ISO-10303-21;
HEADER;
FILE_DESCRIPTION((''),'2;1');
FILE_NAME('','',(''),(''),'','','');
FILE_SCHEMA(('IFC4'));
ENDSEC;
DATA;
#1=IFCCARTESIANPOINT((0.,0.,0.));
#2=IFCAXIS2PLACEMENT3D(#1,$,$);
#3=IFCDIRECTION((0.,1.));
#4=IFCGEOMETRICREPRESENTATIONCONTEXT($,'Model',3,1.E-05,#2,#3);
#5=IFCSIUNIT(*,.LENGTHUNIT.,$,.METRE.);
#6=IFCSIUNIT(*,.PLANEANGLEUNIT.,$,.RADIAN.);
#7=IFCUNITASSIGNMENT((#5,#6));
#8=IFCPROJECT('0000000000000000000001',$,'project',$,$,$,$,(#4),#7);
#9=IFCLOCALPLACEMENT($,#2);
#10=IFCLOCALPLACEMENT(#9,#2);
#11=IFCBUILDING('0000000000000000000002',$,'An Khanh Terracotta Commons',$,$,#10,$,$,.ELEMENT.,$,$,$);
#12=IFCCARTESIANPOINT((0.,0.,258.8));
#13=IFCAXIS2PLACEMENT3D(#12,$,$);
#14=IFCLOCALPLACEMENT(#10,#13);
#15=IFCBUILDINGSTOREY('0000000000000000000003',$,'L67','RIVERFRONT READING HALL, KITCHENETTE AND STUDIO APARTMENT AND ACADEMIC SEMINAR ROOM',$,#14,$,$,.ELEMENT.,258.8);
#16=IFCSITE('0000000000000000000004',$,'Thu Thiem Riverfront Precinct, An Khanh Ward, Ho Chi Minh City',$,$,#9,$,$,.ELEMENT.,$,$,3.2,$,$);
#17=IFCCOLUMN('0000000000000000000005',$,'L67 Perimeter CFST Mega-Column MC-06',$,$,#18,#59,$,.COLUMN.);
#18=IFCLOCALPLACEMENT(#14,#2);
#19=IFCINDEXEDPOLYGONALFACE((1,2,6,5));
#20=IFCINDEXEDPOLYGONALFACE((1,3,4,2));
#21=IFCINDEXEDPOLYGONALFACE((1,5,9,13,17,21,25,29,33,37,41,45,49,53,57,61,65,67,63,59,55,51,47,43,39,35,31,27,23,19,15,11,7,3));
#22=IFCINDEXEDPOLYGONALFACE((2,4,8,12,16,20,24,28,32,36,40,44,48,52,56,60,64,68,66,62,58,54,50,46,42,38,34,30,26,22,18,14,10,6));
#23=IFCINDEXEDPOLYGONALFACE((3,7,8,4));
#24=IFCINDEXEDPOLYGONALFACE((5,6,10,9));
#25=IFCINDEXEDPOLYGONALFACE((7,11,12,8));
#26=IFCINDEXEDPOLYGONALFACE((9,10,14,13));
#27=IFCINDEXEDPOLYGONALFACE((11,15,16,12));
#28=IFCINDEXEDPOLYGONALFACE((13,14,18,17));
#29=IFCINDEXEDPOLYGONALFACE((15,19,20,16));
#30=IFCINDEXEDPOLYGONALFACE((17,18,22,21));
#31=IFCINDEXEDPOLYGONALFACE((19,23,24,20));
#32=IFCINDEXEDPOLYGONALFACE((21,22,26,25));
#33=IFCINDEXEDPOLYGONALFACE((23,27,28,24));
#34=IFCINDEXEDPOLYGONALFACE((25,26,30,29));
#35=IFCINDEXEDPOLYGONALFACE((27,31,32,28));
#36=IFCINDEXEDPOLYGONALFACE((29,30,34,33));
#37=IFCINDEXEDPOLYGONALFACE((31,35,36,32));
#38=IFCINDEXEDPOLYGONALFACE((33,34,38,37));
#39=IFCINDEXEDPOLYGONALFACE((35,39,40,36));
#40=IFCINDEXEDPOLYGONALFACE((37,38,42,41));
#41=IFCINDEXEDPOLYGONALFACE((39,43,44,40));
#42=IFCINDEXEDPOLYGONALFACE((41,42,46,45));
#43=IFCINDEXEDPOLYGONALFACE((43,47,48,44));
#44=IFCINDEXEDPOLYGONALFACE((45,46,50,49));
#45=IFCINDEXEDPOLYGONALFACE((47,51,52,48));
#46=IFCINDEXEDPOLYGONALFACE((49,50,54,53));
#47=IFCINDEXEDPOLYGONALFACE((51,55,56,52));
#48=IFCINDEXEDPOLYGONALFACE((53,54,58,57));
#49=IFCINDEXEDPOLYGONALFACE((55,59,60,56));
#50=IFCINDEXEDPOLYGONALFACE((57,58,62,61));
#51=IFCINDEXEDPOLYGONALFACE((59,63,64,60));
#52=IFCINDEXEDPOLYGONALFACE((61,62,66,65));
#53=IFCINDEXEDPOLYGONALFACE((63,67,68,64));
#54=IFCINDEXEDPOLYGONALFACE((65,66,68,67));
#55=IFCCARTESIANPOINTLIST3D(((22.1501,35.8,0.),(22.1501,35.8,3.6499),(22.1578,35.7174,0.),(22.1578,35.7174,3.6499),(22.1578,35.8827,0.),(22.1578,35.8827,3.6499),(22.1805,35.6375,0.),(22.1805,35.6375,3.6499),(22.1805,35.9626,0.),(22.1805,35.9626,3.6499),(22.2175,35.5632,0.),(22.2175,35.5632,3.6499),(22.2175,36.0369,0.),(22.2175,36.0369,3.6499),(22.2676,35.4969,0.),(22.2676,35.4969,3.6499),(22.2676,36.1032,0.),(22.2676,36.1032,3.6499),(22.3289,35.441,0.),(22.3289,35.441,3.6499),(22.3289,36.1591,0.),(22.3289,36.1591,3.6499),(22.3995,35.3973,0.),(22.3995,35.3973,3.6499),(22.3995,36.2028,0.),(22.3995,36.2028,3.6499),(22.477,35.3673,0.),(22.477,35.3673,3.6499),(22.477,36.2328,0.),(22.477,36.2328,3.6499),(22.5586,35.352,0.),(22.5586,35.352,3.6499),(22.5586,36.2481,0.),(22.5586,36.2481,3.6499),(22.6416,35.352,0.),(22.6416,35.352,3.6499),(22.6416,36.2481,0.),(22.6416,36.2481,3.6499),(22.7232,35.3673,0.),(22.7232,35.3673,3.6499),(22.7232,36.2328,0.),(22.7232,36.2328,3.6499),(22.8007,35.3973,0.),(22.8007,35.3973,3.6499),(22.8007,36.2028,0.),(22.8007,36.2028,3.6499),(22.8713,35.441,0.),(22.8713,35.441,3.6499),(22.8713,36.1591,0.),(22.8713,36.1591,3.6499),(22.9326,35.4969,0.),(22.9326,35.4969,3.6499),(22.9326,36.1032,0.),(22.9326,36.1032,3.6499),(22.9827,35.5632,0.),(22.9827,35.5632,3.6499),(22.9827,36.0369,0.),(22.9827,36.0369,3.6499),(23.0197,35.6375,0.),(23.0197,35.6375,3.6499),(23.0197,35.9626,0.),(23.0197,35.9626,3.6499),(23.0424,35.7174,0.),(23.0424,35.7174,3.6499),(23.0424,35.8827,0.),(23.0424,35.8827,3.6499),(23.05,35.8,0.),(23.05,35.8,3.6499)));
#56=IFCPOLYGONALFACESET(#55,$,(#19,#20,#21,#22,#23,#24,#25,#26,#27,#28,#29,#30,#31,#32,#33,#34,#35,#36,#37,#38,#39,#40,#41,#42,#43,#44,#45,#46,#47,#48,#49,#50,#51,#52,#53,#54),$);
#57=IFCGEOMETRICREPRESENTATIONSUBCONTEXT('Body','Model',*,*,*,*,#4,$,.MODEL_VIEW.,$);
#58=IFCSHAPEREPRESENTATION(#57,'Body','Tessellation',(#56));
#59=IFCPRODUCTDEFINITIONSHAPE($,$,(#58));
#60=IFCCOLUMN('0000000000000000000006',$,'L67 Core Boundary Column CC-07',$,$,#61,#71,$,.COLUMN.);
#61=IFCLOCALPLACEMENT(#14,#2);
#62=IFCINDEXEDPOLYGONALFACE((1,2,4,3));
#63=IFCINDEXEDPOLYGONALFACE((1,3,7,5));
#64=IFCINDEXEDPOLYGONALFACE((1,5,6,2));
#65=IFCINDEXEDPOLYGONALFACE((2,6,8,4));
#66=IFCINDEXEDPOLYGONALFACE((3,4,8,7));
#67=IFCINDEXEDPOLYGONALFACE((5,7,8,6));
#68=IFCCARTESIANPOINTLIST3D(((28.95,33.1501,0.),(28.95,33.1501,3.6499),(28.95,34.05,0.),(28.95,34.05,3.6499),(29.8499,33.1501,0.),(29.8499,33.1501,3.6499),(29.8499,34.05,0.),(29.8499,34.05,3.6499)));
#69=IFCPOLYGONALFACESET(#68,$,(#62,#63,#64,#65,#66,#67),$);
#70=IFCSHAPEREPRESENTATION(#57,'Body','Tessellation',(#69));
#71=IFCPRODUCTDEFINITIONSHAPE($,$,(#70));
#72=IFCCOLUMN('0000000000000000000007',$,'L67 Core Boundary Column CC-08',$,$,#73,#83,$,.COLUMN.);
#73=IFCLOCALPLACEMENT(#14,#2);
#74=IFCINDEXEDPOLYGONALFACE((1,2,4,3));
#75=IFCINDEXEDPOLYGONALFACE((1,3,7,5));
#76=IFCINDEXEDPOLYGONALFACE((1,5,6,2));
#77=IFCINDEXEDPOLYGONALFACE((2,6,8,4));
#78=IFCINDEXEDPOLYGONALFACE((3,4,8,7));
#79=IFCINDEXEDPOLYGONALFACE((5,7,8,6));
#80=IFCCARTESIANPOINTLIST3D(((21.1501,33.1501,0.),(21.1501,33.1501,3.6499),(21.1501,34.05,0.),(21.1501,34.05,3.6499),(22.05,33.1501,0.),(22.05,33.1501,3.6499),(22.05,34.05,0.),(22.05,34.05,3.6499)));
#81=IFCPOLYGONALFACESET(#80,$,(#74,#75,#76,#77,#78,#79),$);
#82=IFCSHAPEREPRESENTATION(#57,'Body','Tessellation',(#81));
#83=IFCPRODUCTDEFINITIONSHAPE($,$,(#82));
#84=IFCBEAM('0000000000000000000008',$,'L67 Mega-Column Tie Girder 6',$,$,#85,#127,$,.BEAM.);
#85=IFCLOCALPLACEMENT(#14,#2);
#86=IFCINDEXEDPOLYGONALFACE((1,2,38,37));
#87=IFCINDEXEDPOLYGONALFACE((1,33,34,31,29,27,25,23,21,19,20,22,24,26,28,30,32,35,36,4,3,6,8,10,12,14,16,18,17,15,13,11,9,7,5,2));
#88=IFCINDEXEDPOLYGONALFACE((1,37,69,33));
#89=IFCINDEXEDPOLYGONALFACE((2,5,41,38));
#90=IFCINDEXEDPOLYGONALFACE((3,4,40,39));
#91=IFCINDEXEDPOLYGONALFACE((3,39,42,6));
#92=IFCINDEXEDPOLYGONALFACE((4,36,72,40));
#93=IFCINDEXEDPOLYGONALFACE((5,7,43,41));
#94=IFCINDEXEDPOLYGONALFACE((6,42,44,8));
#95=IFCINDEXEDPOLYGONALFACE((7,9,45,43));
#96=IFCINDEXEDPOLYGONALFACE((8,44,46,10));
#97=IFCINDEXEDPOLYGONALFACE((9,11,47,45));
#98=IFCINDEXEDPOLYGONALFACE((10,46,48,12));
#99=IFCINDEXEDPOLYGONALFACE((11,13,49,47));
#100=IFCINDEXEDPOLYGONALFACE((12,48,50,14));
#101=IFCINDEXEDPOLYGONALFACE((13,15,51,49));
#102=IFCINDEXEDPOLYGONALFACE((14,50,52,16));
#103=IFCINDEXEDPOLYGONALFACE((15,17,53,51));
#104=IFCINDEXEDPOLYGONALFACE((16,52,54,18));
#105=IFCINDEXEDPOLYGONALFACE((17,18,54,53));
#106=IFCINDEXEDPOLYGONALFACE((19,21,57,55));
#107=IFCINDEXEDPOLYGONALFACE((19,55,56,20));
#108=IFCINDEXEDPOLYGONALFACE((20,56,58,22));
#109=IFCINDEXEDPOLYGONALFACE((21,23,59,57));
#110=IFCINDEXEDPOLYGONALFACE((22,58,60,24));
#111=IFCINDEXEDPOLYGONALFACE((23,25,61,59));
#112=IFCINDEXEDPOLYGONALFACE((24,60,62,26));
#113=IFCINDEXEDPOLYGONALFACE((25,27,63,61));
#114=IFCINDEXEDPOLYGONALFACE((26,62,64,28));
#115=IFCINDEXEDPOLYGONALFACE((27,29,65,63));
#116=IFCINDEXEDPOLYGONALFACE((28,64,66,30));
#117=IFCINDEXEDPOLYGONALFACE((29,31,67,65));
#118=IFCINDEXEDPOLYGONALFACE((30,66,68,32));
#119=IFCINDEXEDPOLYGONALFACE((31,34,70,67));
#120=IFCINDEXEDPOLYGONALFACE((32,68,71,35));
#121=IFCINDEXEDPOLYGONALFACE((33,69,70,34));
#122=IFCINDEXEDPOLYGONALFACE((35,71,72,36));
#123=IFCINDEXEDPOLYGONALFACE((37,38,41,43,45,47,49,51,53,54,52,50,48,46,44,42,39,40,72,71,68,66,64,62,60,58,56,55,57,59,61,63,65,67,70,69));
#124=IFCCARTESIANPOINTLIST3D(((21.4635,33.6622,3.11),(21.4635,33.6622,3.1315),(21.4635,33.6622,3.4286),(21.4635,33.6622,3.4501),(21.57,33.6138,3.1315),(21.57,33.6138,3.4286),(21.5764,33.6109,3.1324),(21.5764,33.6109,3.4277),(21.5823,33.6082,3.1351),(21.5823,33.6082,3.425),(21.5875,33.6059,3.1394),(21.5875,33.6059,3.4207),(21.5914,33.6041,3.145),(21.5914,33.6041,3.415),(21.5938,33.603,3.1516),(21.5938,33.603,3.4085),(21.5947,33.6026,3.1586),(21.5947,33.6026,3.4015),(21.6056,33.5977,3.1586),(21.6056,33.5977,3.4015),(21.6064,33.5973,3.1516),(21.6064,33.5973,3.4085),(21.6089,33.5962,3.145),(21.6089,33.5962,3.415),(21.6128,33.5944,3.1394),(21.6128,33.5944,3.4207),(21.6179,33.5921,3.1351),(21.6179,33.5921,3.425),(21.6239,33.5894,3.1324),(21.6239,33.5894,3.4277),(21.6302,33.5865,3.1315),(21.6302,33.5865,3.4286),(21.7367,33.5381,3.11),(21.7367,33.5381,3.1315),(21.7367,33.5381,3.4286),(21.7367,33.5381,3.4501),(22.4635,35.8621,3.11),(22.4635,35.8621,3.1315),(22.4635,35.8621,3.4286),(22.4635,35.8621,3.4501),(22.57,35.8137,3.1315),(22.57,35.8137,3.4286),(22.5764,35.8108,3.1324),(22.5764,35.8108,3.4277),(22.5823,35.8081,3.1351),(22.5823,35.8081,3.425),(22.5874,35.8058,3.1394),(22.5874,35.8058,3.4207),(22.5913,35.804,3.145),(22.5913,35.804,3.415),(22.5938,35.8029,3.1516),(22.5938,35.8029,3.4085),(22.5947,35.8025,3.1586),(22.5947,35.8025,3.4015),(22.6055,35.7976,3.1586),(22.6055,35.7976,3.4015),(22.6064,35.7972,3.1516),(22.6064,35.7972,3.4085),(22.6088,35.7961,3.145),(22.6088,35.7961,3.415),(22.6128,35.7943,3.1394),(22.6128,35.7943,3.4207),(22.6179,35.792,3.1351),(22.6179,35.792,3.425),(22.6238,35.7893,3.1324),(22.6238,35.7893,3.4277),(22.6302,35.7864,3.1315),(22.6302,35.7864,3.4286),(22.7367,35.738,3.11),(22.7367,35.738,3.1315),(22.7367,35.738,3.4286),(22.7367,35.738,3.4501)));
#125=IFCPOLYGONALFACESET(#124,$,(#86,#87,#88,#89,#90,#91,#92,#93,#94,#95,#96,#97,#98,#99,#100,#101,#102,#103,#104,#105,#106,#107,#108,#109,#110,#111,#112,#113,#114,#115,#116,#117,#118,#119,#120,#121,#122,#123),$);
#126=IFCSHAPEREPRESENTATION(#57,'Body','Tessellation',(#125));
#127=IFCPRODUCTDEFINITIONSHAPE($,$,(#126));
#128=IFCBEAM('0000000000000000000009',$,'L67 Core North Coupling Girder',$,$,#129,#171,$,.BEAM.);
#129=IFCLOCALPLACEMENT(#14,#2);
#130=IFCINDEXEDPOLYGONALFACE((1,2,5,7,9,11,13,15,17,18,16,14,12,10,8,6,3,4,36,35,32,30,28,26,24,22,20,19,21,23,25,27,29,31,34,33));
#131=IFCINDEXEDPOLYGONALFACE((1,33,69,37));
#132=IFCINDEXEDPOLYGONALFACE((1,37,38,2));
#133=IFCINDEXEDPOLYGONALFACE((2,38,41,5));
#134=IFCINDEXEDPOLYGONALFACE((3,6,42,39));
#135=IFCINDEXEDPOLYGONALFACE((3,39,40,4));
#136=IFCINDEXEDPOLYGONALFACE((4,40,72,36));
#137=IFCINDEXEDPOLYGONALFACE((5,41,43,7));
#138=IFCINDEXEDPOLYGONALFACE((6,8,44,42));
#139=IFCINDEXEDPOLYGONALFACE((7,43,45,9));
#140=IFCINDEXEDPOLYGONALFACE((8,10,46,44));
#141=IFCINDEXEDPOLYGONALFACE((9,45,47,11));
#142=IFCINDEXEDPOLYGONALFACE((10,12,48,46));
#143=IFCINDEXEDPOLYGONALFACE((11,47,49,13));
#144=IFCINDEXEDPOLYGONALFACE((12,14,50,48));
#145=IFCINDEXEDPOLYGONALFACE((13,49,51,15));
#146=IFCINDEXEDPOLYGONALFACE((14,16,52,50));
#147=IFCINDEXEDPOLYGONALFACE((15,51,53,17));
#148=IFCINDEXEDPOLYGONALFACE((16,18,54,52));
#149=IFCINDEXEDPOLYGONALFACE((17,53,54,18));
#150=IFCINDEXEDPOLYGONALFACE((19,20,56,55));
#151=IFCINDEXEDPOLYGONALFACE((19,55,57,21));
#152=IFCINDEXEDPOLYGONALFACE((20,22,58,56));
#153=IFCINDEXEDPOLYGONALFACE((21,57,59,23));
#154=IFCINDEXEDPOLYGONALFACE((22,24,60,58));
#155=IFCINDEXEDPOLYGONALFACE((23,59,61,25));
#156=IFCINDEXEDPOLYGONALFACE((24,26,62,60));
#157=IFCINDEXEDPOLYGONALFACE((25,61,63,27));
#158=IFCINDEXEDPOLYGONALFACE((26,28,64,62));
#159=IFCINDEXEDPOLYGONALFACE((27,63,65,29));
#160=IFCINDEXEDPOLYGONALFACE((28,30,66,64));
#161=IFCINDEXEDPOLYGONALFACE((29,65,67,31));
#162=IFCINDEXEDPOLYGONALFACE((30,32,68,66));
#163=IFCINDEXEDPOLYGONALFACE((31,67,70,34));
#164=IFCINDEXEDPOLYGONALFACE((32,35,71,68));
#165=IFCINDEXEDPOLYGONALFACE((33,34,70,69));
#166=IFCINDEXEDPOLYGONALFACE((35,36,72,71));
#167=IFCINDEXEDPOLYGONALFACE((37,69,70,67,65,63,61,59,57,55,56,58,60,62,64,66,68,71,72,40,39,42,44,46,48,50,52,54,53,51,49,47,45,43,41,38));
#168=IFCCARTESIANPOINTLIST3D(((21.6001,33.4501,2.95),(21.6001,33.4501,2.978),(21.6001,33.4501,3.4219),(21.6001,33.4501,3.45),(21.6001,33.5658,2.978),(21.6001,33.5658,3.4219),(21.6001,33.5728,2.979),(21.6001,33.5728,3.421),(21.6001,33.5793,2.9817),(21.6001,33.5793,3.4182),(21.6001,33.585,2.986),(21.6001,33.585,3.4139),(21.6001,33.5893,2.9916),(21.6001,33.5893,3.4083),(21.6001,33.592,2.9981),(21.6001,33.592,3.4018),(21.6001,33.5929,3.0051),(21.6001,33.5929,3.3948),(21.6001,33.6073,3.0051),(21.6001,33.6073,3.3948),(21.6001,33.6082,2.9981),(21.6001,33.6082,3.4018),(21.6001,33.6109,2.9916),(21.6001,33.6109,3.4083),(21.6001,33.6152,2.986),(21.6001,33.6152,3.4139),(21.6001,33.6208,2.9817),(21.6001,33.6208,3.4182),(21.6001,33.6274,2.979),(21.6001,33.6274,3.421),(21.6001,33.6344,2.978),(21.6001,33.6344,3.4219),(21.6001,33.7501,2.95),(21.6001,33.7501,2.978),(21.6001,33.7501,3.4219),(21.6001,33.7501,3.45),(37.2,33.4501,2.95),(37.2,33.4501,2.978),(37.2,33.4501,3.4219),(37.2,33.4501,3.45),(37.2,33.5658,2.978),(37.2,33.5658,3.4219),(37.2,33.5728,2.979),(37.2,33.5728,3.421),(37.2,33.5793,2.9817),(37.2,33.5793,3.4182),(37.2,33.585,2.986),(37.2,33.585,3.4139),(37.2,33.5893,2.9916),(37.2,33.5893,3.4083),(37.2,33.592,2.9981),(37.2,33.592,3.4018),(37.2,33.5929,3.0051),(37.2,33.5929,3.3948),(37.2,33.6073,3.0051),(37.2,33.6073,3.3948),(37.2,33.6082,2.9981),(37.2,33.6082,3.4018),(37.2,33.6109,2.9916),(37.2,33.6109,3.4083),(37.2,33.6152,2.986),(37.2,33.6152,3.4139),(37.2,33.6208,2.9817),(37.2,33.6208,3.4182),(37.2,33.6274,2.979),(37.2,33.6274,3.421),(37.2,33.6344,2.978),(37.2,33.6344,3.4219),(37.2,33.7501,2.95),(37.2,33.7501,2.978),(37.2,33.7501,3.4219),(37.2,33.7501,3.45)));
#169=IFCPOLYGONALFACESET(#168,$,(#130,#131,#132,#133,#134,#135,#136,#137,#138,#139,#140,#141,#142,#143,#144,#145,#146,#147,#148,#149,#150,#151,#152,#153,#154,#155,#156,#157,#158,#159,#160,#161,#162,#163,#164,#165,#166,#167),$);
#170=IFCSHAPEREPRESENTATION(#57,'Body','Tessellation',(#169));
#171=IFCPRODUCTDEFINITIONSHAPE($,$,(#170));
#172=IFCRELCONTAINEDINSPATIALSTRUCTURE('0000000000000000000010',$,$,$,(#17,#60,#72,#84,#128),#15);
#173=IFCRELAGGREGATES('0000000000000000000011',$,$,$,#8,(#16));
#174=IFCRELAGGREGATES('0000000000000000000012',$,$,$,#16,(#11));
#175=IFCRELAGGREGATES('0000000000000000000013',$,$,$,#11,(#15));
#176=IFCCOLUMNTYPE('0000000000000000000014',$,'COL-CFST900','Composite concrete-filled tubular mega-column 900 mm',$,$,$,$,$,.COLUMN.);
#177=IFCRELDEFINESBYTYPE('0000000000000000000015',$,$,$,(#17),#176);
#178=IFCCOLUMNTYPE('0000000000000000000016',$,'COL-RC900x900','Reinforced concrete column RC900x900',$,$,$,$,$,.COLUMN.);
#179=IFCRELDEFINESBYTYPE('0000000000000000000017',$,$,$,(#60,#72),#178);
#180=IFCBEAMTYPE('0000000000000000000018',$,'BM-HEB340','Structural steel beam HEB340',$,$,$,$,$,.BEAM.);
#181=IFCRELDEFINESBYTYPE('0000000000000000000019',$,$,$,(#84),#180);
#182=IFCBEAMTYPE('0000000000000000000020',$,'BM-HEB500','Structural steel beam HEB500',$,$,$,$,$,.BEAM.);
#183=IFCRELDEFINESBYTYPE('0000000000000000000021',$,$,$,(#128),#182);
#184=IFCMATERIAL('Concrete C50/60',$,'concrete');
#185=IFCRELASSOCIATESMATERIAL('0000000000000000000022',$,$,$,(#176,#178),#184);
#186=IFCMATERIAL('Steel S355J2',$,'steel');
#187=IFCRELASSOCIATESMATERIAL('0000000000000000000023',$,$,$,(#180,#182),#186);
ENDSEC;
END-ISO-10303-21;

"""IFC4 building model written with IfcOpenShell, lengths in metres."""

from ifc_helpers import new_model, si_unit, direction, frame, origin, origin_2d, place, context, subcontext, project, spatial, rectangle, circle, i_section, extrude, material, material_profile, profile_set, type_object, element, save


model = new_model("IFC4")

# Units and contexts
model_context = context("Model", 3, precision=1e-05, world=origin(), true_north=direction((0.0, 1.0)))
body_context = subcontext(model_context, "Body", "Model", "MODEL_VIEW")
ifc_project = project(units=[si_unit("LENGTHUNIT", "METRE"), si_unit("PLANEANGLEUNIT", "RADIAN")], contexts=[model_context])

# Site, building, storey
site_placement = place(None, origin())
site = spatial("IfcSite", under=ifc_project, at=site_placement, Name="Thu Thiem Riverfront Precinct, An Khanh Ward, Ho Chi Minh City", CompositionType="ELEMENT", RefElevation=3.2)
building_placement = place(site_placement, origin())
building = spatial("IfcBuilding", under=site, at=building_placement, Name="An Khanh Terracotta Commons", CompositionType="ELEMENT")
storey_placement = place(building_placement, frame((0.0, 0.0, 258.8)))
storey = spatial("IfcBuildingStorey", under=building, at=storey_placement, Name="L67", Description="RIVERFRONT READING HALL, KITCHENETTE AND STUDIO APARTMENT AND ACADEMIC SEMINAR ROOM", CompositionType="ELEMENT", Elevation=258.8)

# Columns
ifc_material_1 = material(Name="Concrete C50/60", Category="concrete")
ifc_material_profile_1 = material_profile(ifc_material_1, circle(Radius=0.45, at=origin_2d()), Name="CFST900")
ifc_profile_set_1 = profile_set([ifc_material_profile_1], Name="Concrete C50/60")
column_type_1 = type_object("IfcColumnType", Name="COL-CFST900", Description="Composite concrete-filled tubular mega-column 900 mm", PredefinedType="COLUMN", material=ifc_profile_set_1)
column_placement = place(storey_placement, frame((22.6001, 35.8, 0.0), z_axis=(0.0, 0.0, 1.0), x_axis=(1.0, 0.0, 0.0)))
element("IfcColumn", 1, at=column_placement, inside=storey, type_object=column_type_1, Name="L67 Perimeter CFST Mega-Column MC-06", PredefinedType="COLUMN", context=body_context, shape_type="SweptSolid", body=[
    extrude(circle(Radius=0.45, at=origin_2d()), origin(), (0.0, 0.0, 1.0), 3.6499),
])
ifc_material_profile_2 = material_profile(ifc_material_1, rectangle(XDim=0.8999, YDim=0.8999, at=origin_2d()), Name="RC900x900")
ifc_profile_set_2 = profile_set([ifc_material_profile_2], Name="Concrete C50/60")
column_type_2 = type_object("IfcColumnType", Name="COL-RC900x900", Description="Reinforced concrete column RC900x900", PredefinedType="COLUMN", material=ifc_profile_set_2)
for number, where, z_axis, x_axis, name in (
    (2, (29.3999, 33.6001, 0.0), (0.0, 0.0, 1.0), (1.0, 0.0, 0.0), "L67 Core Boundary Column CC-07"),
    (3, (21.6001, 33.6001, 0.0), (0.0, 0.0, 1.0), (1.0, 0.0, 0.0), "L67 Core Boundary Column CC-08"),
):
    element("IfcColumn", number, at=place(storey_placement, frame(where, z_axis=z_axis, x_axis=x_axis)), inside=storey, type_object=column_type_2, Name=name, PredefinedType="COLUMN", context=body_context, shape_type="SweptSolid", body=[
        extrude(rectangle(XDim=0.8999, YDim=0.8999, at=origin_2d()), origin(), (0.0, 0.0, 1.0), 3.6499),
    ])

# Beams
ifc_material_2 = material(Name="Steel S355J2", Category="steel")
ifc_material_profile_3 = material_profile(ifc_material_2, i_section(OverallWidth=0.3, OverallDepth=0.3401, WebThickness=0.012, FlangeThickness=0.0215, FilletRadius=0.0271, at=origin_2d()), Name="HEB340")
ifc_profile_set_3 = profile_set([ifc_material_profile_3], Name="Steel S355J2")
beam_type_1 = type_object("IfcBeamType", Name="BM-HEB340", Description="Structural steel beam HEB340", PredefinedType="BEAM", material=ifc_profile_set_3)
beam_1_placement = place(storey_placement, frame((22.6001, 35.8, 3.28), z_axis=(-0.413811, -0.910363, 0.0), x_axis=(0.910363, -0.413811, 0.0)))
element("IfcBeam", 4, at=beam_1_placement, inside=storey, type_object=beam_type_1, Name="L67 Mega-Column Tie Girder 6", PredefinedType="BEAM", context=body_context, shape_type="SweptSolid", body=[
    extrude(i_section(OverallWidth=0.3, OverallDepth=0.3401, WebThickness=0.012, FlangeThickness=0.0215, FilletRadius=0.0271, at=origin_2d()), origin(), (0.0, 0.0, 1.0), 2.4165),
])
ifc_material_profile_4 = material_profile(ifc_material_2, i_section(OverallWidth=0.3, OverallDepth=0.5, WebThickness=0.0144, FlangeThickness=0.0281, FilletRadius=0.0271, at=origin_2d()), Name="HEB500")
ifc_profile_set_4 = profile_set([ifc_material_profile_4], Name="Steel S355J2")
beam_type_2 = type_object("IfcBeamType", Name="BM-HEB500", Description="Structural steel beam HEB500", PredefinedType="BEAM", material=ifc_profile_set_4)
beam_2_placement = place(storey_placement, frame((21.6001, 33.6001, 3.2), z_axis=(1.0, 0.0, 0.0), x_axis=(0.0, 1.0, 0.0)))
element("IfcBeam", 5, at=beam_2_placement, inside=storey, type_object=beam_type_2, Name="L67 Core North Coupling Girder", PredefinedType="BEAM", context=body_context, shape_type="SweptSolid", body=[
    extrude(i_section(OverallWidth=0.3, OverallDepth=0.5, WebThickness=0.0144, FlangeThickness=0.0281, FilletRadius=0.0271, at=origin_2d()), origin(), (0.0, 0.0, 1.0), 15.5999),
])

save(model, "model.ifc")
